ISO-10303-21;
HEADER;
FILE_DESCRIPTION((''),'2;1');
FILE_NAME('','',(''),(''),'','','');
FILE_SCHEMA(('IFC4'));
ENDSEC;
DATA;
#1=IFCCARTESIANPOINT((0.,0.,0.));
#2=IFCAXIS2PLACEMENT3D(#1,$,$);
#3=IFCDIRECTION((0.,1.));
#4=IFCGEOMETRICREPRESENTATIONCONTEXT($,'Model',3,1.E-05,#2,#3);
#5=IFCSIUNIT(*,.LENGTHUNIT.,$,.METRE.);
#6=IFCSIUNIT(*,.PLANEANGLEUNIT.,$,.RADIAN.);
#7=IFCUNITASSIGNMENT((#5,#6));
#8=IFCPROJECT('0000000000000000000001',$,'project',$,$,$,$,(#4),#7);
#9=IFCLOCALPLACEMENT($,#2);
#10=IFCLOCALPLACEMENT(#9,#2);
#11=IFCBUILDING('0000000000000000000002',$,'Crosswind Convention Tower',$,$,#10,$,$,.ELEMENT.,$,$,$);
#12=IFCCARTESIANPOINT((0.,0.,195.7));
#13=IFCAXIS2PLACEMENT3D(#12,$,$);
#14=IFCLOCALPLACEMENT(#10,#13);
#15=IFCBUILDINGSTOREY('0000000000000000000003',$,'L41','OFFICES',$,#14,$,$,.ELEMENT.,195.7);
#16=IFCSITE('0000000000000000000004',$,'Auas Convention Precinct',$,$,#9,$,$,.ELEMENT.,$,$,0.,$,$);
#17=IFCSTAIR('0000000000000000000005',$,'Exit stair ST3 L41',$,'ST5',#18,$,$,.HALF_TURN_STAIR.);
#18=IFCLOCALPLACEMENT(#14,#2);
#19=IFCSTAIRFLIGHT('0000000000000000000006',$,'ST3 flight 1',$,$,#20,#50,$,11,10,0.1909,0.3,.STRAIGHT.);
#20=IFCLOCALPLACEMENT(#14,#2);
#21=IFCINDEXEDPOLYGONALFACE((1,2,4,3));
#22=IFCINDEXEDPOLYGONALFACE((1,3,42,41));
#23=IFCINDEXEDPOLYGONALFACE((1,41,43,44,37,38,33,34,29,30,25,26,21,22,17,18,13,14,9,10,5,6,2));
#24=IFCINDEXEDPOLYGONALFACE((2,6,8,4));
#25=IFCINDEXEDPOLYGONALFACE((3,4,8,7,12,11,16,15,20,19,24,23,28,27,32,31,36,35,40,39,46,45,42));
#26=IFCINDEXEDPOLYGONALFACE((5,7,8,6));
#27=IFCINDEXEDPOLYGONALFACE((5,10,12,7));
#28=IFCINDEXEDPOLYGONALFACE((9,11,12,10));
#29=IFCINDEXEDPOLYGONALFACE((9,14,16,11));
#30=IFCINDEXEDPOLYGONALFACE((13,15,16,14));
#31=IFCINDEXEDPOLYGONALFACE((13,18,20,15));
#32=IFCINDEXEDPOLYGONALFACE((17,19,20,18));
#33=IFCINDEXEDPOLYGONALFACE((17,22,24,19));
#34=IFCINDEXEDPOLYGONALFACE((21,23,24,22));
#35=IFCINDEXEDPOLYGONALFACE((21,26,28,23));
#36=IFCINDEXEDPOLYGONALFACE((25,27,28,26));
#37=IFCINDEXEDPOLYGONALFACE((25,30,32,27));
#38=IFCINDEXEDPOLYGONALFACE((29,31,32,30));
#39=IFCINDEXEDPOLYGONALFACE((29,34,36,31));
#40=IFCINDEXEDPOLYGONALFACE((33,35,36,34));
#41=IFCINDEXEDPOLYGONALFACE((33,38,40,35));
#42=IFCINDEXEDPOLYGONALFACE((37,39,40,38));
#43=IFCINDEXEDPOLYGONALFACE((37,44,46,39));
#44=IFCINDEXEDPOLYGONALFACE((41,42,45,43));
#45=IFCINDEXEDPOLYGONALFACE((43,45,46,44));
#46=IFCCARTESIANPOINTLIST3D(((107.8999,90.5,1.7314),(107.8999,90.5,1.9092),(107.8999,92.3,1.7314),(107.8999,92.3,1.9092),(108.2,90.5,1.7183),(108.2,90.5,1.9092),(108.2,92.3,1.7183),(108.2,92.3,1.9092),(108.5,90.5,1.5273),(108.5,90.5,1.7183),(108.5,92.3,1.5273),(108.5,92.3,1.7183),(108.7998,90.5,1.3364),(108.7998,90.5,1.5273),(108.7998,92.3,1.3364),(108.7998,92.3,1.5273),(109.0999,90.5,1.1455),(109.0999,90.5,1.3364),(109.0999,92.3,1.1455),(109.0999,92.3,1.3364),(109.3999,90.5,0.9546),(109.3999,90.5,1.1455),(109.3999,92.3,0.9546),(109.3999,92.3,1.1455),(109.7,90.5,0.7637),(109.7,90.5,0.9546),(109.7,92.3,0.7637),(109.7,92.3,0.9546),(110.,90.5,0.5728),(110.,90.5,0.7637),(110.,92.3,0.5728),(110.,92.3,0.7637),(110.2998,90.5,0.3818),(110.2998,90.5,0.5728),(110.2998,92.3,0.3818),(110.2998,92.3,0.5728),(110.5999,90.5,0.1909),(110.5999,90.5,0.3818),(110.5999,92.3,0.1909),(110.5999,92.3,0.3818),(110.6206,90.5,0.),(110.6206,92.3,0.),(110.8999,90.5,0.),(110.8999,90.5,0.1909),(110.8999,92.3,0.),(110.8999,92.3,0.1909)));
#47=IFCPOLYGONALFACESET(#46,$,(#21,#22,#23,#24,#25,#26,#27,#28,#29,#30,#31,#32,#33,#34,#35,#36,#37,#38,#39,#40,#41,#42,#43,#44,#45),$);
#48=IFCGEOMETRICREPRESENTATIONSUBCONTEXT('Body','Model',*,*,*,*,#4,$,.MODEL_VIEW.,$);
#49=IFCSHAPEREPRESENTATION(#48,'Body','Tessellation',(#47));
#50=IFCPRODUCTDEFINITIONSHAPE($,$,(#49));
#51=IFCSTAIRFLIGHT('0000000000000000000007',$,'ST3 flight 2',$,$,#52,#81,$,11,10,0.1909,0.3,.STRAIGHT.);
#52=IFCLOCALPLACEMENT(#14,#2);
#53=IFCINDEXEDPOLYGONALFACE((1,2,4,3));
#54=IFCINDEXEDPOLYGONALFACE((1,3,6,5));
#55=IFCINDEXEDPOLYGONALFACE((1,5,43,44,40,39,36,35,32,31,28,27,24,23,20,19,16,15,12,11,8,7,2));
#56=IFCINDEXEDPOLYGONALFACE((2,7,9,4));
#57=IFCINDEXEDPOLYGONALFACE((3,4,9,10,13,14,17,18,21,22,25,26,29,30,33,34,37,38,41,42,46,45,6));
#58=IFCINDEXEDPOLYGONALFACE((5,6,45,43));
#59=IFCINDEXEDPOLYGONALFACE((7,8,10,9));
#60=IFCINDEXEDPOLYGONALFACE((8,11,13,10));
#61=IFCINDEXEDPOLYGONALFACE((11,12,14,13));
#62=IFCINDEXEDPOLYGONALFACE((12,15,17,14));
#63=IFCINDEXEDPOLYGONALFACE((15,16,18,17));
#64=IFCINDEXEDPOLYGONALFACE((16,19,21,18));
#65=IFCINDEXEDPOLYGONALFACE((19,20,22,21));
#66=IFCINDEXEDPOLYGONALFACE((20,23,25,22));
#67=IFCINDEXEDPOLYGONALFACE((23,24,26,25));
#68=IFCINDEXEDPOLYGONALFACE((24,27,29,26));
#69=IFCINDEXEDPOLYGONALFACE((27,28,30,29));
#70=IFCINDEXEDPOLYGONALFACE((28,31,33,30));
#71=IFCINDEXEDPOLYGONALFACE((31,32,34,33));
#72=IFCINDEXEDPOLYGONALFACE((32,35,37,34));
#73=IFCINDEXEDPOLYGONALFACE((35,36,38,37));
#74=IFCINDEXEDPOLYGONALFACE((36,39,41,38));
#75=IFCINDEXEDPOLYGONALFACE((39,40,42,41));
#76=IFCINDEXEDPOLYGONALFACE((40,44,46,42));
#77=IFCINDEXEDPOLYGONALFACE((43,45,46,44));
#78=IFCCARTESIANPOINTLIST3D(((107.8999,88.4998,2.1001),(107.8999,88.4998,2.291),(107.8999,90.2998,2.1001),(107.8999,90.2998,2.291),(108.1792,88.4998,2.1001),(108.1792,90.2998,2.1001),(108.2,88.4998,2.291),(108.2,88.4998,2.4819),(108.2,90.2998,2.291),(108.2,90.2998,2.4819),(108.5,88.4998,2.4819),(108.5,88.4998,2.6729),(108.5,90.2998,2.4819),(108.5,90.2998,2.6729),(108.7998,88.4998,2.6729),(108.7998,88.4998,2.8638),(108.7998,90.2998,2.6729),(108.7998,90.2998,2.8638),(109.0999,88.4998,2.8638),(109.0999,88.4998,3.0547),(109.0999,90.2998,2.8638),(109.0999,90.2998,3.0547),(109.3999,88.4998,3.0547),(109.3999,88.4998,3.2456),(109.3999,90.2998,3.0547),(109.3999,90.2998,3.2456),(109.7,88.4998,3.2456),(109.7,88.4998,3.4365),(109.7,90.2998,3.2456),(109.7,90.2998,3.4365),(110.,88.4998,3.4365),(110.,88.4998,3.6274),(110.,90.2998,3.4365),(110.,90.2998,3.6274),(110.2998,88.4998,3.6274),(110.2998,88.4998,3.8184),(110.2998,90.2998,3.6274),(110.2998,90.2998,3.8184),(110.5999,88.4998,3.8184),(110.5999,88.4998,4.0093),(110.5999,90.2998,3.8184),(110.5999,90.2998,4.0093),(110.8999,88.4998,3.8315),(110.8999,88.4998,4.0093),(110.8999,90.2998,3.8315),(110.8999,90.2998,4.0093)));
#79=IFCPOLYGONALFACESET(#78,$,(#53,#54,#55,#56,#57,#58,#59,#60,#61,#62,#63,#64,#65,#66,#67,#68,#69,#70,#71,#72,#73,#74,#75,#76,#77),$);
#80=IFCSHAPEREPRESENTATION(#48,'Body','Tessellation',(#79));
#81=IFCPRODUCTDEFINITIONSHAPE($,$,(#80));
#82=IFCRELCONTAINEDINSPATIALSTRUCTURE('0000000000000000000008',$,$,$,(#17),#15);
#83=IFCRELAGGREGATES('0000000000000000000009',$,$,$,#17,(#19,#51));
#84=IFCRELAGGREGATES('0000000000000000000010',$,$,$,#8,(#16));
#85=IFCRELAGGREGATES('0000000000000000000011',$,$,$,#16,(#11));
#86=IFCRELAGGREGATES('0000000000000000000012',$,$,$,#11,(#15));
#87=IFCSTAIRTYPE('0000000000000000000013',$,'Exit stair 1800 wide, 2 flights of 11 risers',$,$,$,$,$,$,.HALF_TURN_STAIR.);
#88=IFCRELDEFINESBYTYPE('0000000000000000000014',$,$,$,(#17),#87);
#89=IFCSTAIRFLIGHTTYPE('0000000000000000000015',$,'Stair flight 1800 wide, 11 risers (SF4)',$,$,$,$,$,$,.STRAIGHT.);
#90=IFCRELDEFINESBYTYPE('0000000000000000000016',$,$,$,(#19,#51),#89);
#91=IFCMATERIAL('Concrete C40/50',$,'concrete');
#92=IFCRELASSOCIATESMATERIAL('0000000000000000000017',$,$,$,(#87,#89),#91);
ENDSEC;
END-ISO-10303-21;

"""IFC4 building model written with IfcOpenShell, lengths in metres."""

from ifc_helpers import new_model, si_unit, direction, frame, origin, place, context, subcontext, project, spatial, polyline, outline, extrude, material, type_object, element, aggregate, save


model = new_model("IFC4")

# Units and contexts
model_context = context("Model", 3, precision=1e-05, world=origin(), true_north=direction((0.0, 1.0)))
body_context = subcontext(model_context, "Body", "Model", "MODEL_VIEW")
ifc_project = project(units=[si_unit("LENGTHUNIT", "METRE"), si_unit("PLANEANGLEUNIT", "RADIAN")], contexts=[model_context])

# Site, building, storey
site_placement = place(None, origin())
site = spatial("IfcSite", under=ifc_project, at=site_placement, Name="Auas Convention Precinct", CompositionType="ELEMENT", RefElevation=0.0)
building_placement = place(site_placement, origin())
building = spatial("IfcBuilding", under=site, at=building_placement, Name="Crosswind Convention Tower", CompositionType="ELEMENT")
storey_placement = place(building_placement, frame((0.0, 0.0, 195.7)))
storey = spatial("IfcBuildingStorey", under=building, at=storey_placement, Name="L41", Description="OFFICES", CompositionType="ELEMENT", Elevation=195.7)

# Shared definitions
ifc_material_1 = material(Name="Concrete C40/50", Category="concrete")

# Stair
stair_type = type_object("IfcStairType", Name="Exit stair 1800 wide, 2 flights of 11 risers", PredefinedType="HALF_TURN_STAIR", material=ifc_material_1)
stair_1_placement = place(storey_placement, origin())
stair_1 = element("IfcStair", 1, at=stair_1_placement, inside=storey, type_object=stair_type, Name="Exit stair ST3 L41", ObjectType="ST5", PredefinedType="HALF_TURN_STAIR")

# Stair flights
stair_flight_type = type_object("IfcStairFlightType", Name="Stair flight 1800 wide, 11 risers (SF4)", PredefinedType="STRAIGHT", material=ifc_material_1)
stair_flight_1_placement = place(storey_placement, frame((110.8999, 91.3999, 0.0), z_axis=(0.0, 0.0, 1.0), x_axis=(-1.0, 0.0, 0.0)))
stair_flight_1 = element("IfcStairFlight", 2, at=stair_flight_1_placement, type_object=stair_flight_type, Name="ST3 flight 1", NumberOfRisers=11, NumberOfTreads=10, PredefinedType="STRAIGHT", RiserHeight=0.1909, TreadLength=0.3, context=body_context, shape_type="SweptSolid", body=[
    extrude(outline(polyline([(0.0, 0.0), (0.0, 0.1909), (0.3, 0.1909), (0.3, 0.3818), (0.6001, 0.3818), (0.6001, 0.5728), (0.8999, 0.5728), (0.8999, 0.7637), (1.2, 0.7637), (1.2, 0.9546), (1.5, 0.9546), (1.5, 1.1455), (1.8, 1.1455), (1.8, 1.3364), (2.1001, 1.3364), (2.1001, 1.5273), (2.3999, 1.5273), (2.3999, 1.7183), (2.7, 1.7183), (2.7, 1.9092), (3.0, 1.9092), (3.0, 2.1001), (3.0, 1.7314), (0.2793, 0.0), (0.0, 0.0)])), frame((0.0, 0.8999, 0.0), z_axis=(0.0, -1.0, 0.0), x_axis=(1.0, 0.0, 0.0)), (0.0, 0.0, 1.0), 1.8),
])
stair_flight_2_placement = place(storey_placement, frame((107.8999, 89.3999, 2.1001), z_axis=(0.0, 0.0, 1.0), x_axis=(1.0, 0.0, 0.0)))
stair_flight_2 = element("IfcStairFlight", 3, at=stair_flight_2_placement, type_object=stair_flight_type, Name="ST3 flight 2", NumberOfRisers=11, NumberOfTreads=10, PredefinedType="STRAIGHT", RiserHeight=0.1909, TreadLength=0.3, context=body_context, shape_type="SweptSolid", body=[
    extrude(outline(polyline([(0.0, 0.0), (0.0, 0.1909), (0.3, 0.1909), (0.3, 0.3818), (0.6001, 0.3818), (0.6001, 0.5728), (0.8999, 0.5728), (0.8999, 0.7637), (1.2, 0.7637), (1.2, 0.9546), (1.5, 0.9546), (1.5, 1.1455), (1.8, 1.1455), (1.8, 1.3364), (2.1001, 1.3364), (2.1001, 1.5273), (2.3999, 1.5273), (2.3999, 1.7183), (2.7, 1.7183), (2.7, 1.9092), (3.0, 1.9092), (3.0, 2.1001), (3.0, 1.7314), (0.2793, 0.0), (0.0, 0.0)])), frame((0.0, 0.8999, 0.0), z_axis=(0.0, -1.0, 0.0), x_axis=(1.0, 0.0, 0.0)), (0.0, 0.0, 1.0), 1.8),
])
aggregate(stair_1, [stair_flight_1, stair_flight_2])

save(model, "model.ifc")
